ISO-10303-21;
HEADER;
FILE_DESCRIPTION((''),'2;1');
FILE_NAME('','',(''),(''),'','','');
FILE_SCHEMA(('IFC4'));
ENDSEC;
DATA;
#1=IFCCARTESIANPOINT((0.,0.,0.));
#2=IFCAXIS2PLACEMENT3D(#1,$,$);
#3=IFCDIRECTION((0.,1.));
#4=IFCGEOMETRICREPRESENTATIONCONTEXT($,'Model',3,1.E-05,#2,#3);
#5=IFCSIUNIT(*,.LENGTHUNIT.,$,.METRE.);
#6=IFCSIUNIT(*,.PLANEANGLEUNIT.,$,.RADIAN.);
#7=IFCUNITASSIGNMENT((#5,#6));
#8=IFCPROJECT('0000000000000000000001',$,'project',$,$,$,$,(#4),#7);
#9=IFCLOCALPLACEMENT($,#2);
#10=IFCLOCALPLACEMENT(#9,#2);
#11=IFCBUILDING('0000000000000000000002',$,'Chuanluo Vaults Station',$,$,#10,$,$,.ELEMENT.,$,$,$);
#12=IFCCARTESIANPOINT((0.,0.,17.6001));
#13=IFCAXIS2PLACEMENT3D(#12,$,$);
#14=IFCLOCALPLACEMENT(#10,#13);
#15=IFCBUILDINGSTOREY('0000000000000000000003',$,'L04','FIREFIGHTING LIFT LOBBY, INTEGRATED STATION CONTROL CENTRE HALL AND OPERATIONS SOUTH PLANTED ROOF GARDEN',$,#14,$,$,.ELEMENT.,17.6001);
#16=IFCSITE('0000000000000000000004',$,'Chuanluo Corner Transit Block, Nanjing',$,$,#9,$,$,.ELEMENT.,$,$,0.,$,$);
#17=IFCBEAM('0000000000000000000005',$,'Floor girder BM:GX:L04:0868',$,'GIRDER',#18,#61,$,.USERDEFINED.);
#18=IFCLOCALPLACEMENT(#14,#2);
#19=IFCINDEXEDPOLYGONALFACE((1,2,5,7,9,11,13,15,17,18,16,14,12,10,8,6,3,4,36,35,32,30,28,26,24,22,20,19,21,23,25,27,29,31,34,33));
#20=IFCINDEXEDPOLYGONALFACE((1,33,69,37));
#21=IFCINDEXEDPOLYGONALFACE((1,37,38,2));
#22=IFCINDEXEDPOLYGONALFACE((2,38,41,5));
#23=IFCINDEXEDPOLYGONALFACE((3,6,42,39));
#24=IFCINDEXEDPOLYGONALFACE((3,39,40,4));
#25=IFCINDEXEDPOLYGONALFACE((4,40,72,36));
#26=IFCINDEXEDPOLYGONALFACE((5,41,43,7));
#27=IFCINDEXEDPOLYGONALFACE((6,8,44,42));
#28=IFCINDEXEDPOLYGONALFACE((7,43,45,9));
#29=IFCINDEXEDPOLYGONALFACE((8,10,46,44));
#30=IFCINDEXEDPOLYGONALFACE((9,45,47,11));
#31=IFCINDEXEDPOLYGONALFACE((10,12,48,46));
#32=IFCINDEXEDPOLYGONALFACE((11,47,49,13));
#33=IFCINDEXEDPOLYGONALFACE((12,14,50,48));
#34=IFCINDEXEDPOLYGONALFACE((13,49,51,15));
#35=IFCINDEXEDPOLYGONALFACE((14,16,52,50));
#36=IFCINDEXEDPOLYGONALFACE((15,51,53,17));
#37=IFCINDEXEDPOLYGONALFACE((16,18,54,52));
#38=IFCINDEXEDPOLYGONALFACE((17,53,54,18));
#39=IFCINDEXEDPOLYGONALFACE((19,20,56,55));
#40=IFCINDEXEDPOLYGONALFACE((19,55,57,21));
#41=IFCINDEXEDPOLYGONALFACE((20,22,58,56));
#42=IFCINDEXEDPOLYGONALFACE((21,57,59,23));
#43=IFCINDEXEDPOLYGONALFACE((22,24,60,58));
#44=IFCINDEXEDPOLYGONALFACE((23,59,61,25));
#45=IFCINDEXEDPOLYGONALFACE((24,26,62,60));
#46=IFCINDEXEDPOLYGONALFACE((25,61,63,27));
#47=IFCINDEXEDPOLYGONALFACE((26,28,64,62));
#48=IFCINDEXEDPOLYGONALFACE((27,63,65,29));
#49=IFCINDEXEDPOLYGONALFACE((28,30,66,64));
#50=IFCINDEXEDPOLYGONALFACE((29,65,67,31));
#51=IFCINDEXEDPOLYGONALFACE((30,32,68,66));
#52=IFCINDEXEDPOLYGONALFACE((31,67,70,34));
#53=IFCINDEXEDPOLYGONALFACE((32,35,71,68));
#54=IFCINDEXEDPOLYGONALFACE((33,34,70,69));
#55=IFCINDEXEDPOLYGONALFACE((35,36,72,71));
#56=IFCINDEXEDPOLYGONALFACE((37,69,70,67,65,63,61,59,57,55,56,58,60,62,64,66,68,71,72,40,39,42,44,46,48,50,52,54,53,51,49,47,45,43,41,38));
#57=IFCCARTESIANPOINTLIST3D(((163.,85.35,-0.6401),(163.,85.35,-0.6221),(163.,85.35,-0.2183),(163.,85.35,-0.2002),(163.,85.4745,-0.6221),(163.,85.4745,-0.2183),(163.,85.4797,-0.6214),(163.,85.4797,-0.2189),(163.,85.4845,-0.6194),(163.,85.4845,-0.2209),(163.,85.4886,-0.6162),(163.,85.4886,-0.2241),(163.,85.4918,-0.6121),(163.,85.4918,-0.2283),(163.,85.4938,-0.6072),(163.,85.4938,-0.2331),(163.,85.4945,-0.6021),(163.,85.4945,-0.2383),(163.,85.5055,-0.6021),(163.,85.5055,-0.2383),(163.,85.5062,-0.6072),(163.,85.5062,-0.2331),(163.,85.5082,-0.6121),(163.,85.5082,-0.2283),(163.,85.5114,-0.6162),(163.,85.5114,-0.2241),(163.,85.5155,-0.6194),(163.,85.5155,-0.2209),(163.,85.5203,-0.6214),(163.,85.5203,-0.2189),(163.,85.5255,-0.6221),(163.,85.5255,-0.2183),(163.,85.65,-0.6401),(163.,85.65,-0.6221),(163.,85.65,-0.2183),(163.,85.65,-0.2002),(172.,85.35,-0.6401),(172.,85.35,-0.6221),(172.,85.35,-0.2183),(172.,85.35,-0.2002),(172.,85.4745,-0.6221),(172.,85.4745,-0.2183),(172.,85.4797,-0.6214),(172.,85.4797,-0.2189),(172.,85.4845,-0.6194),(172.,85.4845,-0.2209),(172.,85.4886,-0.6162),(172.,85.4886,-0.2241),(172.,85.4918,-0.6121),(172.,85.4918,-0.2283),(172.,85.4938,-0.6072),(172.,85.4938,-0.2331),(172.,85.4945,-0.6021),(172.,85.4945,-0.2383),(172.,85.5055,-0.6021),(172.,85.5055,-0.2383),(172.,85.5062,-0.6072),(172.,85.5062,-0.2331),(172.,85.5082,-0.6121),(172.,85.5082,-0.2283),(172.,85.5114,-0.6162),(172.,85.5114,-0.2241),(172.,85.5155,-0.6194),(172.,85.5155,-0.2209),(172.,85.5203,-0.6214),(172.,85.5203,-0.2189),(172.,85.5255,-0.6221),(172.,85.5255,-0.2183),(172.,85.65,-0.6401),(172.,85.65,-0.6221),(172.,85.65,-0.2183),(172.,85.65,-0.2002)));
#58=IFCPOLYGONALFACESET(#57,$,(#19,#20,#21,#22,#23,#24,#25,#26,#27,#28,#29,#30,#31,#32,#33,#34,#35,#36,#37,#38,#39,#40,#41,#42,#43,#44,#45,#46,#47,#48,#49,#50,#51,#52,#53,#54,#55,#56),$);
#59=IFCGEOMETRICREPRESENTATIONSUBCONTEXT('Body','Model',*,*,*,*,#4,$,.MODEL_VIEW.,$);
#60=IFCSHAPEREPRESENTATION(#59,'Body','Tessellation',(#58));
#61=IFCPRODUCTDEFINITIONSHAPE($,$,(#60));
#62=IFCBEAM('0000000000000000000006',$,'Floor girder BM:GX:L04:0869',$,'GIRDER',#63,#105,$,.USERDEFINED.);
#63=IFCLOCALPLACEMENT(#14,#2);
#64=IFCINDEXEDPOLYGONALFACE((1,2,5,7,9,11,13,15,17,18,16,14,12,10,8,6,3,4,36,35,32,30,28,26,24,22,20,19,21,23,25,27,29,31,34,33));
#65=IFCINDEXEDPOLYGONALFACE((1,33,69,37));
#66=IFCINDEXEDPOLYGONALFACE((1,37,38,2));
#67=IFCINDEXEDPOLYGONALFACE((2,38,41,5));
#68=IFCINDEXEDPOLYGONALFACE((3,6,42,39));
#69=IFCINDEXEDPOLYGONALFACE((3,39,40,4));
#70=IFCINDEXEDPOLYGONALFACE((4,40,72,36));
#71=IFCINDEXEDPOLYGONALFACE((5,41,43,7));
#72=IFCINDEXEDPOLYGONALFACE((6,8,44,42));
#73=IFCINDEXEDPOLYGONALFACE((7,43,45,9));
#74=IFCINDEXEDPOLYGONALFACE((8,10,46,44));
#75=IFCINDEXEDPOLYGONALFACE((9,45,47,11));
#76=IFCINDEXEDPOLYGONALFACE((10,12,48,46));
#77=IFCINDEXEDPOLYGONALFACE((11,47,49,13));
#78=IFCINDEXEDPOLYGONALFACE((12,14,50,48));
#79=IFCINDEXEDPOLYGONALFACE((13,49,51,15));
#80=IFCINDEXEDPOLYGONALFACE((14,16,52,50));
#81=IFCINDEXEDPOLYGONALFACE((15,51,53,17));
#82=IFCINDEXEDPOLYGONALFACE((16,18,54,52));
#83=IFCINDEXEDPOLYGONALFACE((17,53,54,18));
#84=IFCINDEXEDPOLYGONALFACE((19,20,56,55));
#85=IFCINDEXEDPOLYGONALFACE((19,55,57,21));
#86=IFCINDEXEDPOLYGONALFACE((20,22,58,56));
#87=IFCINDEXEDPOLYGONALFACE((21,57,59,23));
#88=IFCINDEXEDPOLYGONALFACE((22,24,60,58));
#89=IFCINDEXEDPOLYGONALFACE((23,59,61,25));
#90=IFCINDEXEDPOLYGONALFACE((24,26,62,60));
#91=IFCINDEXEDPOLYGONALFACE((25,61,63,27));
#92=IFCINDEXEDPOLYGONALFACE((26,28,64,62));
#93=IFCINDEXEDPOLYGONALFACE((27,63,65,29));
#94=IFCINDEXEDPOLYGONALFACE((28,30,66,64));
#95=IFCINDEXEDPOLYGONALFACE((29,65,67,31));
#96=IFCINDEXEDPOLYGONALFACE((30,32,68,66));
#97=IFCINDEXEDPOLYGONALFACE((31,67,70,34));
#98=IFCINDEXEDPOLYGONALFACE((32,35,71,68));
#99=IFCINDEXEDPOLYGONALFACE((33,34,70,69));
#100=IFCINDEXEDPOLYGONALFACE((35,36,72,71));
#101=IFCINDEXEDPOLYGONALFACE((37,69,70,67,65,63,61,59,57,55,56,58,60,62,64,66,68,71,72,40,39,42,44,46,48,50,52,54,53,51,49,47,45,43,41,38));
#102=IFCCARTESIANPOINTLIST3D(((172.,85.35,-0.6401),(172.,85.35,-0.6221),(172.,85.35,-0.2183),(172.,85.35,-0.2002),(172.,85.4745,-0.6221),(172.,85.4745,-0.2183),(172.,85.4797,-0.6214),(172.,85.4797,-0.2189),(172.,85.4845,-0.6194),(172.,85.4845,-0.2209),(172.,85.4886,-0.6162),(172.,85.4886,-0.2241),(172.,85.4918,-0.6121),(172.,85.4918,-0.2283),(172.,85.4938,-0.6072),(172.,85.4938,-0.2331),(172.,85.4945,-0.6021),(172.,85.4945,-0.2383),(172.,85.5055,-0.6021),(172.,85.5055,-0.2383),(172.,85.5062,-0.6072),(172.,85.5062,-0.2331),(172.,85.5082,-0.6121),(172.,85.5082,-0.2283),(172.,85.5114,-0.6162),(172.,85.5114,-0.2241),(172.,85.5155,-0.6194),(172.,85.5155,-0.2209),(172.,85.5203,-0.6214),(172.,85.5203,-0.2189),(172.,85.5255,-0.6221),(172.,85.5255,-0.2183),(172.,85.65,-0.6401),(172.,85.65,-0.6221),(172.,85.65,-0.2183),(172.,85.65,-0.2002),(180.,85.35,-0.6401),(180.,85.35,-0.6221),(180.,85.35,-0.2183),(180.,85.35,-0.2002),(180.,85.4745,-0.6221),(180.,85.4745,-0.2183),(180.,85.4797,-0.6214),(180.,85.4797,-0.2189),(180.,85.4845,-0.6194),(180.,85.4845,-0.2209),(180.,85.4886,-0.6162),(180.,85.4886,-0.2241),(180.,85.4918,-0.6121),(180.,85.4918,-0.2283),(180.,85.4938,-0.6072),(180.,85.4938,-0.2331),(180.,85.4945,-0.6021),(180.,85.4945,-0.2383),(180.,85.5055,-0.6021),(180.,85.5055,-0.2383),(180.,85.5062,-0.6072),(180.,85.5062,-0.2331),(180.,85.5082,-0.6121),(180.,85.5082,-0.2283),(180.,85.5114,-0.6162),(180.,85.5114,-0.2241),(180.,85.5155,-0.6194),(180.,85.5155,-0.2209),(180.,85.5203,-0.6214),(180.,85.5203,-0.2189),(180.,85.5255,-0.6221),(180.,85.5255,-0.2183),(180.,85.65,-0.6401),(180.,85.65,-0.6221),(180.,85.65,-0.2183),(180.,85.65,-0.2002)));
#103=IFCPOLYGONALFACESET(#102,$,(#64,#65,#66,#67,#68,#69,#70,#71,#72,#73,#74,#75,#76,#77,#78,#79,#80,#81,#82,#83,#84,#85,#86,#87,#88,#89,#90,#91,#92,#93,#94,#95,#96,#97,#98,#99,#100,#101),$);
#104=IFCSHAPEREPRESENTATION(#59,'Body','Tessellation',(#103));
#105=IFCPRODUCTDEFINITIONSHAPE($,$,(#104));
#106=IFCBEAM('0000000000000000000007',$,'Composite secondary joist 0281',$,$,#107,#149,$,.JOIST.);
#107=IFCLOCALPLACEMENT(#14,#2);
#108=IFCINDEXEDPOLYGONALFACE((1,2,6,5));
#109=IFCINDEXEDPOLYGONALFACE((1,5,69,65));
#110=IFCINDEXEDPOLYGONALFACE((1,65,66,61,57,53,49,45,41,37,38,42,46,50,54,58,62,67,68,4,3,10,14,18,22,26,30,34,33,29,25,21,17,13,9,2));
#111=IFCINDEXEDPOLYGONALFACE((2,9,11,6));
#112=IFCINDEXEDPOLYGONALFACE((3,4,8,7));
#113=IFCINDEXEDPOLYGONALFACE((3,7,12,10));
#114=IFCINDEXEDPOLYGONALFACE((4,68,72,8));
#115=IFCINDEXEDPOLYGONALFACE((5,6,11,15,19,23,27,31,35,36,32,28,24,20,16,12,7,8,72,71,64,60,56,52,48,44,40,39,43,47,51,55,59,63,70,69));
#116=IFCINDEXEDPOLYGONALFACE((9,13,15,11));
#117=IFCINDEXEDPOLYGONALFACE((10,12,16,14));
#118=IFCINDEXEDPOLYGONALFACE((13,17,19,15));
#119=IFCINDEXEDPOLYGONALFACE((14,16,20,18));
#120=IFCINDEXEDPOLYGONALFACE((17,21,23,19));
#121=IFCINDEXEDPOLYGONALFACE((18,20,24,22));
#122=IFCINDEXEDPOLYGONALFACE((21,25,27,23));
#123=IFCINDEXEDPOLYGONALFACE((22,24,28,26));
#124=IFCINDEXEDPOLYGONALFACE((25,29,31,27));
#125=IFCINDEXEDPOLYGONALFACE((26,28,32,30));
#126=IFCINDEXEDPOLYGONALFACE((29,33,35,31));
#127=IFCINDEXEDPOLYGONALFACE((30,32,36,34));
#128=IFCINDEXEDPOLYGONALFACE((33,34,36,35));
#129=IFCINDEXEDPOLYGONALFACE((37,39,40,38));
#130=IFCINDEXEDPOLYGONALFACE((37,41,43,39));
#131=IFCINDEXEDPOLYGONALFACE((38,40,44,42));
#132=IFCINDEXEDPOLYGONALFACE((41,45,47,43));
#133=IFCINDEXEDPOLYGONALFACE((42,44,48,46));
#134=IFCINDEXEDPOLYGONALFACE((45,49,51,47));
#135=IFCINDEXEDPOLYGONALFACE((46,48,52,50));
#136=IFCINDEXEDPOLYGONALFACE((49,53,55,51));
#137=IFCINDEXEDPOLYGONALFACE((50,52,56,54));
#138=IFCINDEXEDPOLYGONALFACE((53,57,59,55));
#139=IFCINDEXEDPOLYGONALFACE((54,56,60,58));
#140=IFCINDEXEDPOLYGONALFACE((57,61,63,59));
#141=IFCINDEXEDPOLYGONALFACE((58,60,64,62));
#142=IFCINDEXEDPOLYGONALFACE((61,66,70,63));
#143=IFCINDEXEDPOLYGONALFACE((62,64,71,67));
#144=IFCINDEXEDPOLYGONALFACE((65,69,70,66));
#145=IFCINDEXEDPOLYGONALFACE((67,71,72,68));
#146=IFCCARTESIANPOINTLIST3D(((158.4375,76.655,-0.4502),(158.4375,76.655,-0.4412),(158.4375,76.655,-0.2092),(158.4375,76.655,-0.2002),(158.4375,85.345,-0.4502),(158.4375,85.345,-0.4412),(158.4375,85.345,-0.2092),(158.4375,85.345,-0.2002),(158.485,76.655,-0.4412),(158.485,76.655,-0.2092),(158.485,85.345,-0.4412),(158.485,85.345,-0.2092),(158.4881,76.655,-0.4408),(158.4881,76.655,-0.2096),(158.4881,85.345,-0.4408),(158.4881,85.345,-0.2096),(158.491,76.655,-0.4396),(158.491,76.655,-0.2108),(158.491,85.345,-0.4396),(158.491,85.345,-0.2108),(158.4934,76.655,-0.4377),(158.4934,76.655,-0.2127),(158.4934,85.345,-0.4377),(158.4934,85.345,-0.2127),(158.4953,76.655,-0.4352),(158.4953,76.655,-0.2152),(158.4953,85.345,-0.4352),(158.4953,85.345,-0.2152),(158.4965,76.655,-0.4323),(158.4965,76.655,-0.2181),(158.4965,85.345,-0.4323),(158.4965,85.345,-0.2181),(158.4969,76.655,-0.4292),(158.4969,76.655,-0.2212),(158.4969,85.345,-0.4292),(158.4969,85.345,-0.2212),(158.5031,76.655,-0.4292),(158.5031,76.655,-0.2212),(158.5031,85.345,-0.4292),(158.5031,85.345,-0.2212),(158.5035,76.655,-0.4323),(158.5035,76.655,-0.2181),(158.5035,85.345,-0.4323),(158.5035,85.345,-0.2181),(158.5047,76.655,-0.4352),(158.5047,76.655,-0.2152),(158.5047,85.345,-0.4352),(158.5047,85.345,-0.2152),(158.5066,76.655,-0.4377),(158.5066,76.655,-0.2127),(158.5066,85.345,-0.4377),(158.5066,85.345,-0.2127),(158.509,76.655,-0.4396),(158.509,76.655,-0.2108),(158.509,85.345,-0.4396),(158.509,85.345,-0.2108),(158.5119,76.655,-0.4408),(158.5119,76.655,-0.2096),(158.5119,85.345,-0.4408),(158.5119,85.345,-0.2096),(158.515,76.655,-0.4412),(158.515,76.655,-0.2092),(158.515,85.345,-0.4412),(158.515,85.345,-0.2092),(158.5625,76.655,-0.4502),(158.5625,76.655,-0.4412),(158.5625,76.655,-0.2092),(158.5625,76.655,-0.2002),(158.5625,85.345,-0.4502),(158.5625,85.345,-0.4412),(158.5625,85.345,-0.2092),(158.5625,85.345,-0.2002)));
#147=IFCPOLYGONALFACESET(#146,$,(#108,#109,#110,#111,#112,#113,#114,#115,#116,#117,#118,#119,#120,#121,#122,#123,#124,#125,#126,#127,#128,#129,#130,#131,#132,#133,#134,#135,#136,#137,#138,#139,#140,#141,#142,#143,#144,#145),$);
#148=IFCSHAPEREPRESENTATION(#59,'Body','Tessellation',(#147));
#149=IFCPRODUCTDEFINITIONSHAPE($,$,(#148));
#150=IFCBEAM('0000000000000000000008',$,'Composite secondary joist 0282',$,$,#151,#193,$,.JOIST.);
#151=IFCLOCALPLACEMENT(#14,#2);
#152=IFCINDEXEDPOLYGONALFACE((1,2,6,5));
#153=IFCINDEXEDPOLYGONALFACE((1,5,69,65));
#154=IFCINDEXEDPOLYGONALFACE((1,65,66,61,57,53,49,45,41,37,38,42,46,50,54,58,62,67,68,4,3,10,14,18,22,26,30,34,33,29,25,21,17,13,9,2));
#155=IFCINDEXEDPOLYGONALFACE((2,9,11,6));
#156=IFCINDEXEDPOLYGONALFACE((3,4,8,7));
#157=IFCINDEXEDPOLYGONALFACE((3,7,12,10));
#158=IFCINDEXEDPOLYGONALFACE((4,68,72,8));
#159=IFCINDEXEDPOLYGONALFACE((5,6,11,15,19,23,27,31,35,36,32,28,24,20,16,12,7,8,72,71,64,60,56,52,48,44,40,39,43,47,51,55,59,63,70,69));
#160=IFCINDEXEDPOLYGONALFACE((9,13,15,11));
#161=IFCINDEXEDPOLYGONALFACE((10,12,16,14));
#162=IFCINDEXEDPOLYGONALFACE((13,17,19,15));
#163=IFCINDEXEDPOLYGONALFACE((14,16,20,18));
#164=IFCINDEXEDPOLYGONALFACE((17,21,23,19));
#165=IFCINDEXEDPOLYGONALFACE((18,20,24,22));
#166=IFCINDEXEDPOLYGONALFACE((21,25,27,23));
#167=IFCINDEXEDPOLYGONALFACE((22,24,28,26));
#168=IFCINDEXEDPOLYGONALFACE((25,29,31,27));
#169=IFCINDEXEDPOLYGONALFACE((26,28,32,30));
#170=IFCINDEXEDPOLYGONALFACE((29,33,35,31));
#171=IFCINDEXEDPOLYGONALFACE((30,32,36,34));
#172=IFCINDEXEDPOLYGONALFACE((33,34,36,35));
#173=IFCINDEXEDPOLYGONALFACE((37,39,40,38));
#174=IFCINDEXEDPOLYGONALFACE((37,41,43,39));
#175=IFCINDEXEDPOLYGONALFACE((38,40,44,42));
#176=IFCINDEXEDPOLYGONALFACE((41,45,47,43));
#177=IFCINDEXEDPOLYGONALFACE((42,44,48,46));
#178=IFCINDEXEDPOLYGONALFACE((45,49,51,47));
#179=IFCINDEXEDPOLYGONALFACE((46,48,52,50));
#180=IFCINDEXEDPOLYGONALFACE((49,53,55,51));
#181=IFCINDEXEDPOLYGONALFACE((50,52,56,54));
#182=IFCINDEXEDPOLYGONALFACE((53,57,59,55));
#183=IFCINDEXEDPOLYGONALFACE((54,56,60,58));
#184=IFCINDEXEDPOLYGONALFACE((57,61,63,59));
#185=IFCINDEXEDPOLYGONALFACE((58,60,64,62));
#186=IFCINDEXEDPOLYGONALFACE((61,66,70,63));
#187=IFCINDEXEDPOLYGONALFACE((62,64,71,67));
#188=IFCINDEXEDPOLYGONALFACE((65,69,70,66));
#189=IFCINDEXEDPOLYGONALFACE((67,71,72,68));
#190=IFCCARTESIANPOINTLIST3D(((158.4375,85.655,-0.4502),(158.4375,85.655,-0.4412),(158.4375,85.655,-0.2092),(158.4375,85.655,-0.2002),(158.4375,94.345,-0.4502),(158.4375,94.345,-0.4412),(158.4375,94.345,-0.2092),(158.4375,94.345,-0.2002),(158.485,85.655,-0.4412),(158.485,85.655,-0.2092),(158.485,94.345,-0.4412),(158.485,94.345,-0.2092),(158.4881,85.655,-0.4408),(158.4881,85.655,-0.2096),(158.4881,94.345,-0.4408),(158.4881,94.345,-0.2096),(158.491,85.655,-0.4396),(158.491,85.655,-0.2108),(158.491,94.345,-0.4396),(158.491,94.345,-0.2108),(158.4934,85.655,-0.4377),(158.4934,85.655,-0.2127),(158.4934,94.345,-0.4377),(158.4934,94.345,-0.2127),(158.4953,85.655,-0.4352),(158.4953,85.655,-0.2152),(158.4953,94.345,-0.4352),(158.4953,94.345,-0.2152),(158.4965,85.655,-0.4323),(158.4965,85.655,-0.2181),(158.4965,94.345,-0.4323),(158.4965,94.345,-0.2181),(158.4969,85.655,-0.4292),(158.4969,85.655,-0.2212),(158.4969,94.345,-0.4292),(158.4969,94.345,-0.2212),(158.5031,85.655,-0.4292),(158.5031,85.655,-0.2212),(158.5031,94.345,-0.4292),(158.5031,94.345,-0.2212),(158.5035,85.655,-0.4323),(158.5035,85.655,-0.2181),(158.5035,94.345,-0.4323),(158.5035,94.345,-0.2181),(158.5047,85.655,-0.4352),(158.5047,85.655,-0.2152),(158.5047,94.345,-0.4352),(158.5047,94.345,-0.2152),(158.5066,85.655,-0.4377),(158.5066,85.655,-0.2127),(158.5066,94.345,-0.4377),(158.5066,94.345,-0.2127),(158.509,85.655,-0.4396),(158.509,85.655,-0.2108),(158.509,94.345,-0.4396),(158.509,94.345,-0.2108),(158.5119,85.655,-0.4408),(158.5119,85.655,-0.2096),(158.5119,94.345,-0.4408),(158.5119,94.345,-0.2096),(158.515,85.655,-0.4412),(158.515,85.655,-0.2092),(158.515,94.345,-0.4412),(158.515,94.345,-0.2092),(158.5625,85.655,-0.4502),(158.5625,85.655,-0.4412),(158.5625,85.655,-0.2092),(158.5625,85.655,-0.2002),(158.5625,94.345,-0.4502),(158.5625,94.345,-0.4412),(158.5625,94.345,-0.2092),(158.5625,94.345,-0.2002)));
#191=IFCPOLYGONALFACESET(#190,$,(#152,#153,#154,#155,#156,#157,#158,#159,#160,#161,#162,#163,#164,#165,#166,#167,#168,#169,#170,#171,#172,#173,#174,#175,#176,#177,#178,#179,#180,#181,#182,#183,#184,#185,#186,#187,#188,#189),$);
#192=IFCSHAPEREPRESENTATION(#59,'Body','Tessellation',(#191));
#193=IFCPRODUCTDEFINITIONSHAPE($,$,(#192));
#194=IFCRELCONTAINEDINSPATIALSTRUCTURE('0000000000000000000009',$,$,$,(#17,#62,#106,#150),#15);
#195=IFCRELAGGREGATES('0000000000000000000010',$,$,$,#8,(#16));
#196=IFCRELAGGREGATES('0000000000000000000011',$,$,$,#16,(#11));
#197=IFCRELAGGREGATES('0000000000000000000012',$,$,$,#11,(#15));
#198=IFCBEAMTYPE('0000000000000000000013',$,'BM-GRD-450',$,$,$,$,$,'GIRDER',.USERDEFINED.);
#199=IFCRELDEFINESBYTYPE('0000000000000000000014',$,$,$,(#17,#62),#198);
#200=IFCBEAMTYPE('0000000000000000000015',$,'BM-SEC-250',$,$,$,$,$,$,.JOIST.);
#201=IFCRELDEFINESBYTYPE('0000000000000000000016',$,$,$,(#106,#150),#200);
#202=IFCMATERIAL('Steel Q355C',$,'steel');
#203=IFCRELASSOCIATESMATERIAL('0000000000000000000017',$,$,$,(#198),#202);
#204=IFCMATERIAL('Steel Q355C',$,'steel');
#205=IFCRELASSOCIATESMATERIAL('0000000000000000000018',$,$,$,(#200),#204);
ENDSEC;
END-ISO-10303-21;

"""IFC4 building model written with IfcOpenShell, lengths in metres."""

from ifc_helpers import new_model, si_unit, direction, frame, origin, origin_2d, place, context, subcontext, project, spatial, i_section, extrude, material, material_profile, profile_set, type_object, element, save


model = new_model("IFC4")

# Units and contexts
model_context = context("Model", 3, precision=1e-05, world=origin(), true_north=direction((0.0, 1.0)))
body_context = subcontext(model_context, "Body", "Model", "MODEL_VIEW")
ifc_project = project(units=[si_unit("LENGTHUNIT", "METRE"), si_unit("PLANEANGLEUNIT", "RADIAN")], contexts=[model_context])

# Site, building, storey
site_placement = place(None, origin())
site = spatial("IfcSite", under=ifc_project, at=site_placement, Name="Chuanluo Corner Transit Block, Nanjing", CompositionType="ELEMENT", RefElevation=0.0)
building_placement = place(site_placement, origin())
building = spatial("IfcBuilding", under=site, at=building_placement, Name="Chuanluo Vaults Station", CompositionType="ELEMENT")
storey_placement = place(building_placement, frame((0.0, 0.0, 17.6001)))
storey = spatial("IfcBuildingStorey", under=building, at=storey_placement, Name="L04", Description="FIREFIGHTING LIFT LOBBY, INTEGRATED STATION CONTROL CENTRE HALL AND OPERATIONS SOUTH PLANTED ROOF GARDEN", CompositionType="ELEMENT", Elevation=17.6001)

# Beams
ifc_material_1 = material(Name="Steel Q355C", Category="steel")
ifc_material_profile_1 = material_profile(ifc_material_1, i_section(OverallWidth=0.3, OverallDepth=0.4399, WebThickness=0.011, FlangeThickness=0.0181, FilletRadius=0.02, at=origin_2d()))
ifc_profile_set_1 = profile_set([ifc_material_profile_1], Name="Steel Q355C")
beam_type_1 = type_object("IfcBeamType", Name="BM-GRD-450", ElementType="GIRDER", PredefinedType="USERDEFINED", material=ifc_profile_set_1)
beam_1_placement = place(storey_placement, frame((163.0, 85.5, -0.4202), z_axis=(1.0, 0.0, 0.0), x_axis=(0.0, 1.0, 0.0)))
element("IfcBeam", 1, at=beam_1_placement, inside=storey, type_object=beam_type_1, Name="Floor girder BM:GX:L04:0868", ObjectType="GIRDER", PredefinedType="USERDEFINED", context=body_context, shape_type="SweptSolid", body=[
    extrude(i_section(OverallWidth=0.3, OverallDepth=0.4399, WebThickness=0.011, FlangeThickness=0.0181, FilletRadius=0.02, at=origin_2d()), origin(), (0.0, 0.0, 1.0), 9.0),
])
beam_2_placement = place(storey_placement, frame((172.0, 85.5, -0.4202), z_axis=(1.0, 0.0, 0.0), x_axis=(0.0, 1.0, 0.0)))
element("IfcBeam", 2, at=beam_2_placement, inside=storey, type_object=beam_type_1, Name="Floor girder BM:GX:L04:0869", ObjectType="GIRDER", PredefinedType="USERDEFINED", context=body_context, shape_type="SweptSolid", body=[
    extrude(i_section(OverallWidth=0.3, OverallDepth=0.4399, WebThickness=0.011, FlangeThickness=0.0181, FilletRadius=0.02, at=origin_2d()), origin(), (0.0, 0.0, 1.0), 8.0),
])
ifc_material_2 = material(Name="Steel Q355C", Category="steel")
ifc_material_profile_2 = material_profile(ifc_material_2, i_section(OverallWidth=0.125, OverallDepth=0.25, WebThickness=0.0061, FlangeThickness=0.009, FilletRadius=0.012, at=origin_2d()))
ifc_profile_set_2 = profile_set([ifc_material_profile_2], Name="Steel Q355C")
beam_type_2 = type_object("IfcBeamType", Name="BM-SEC-250", PredefinedType="JOIST", material=ifc_profile_set_2)
for number, where, z_axis, x_axis, name in (
    (3, (158.5, 76.655, -0.3252), (0.0, 1.0, 0.0), (-1.0, 0.0, 0.0), "Composite secondary joist 0281"),
    (4, (158.5, 85.655, -0.3252), (0.0, 1.0, 0.0), (-1.0, 0.0, 0.0), "Composite secondary joist 0282"),
):
    element("IfcBeam", number, at=place(storey_placement, frame(where, z_axis=z_axis, x_axis=x_axis)), inside=storey, type_object=beam_type_2, Name=name, PredefinedType="JOIST", context=body_context, shape_type="SweptSolid", body=[
        extrude(i_section(OverallWidth=0.125, OverallDepth=0.25, WebThickness=0.0061, FlangeThickness=0.009, FilletRadius=0.012, at=origin_2d()), origin(), (0.0, 0.0, 1.0), 8.6899),
    ])

save(model, "model.ifc")
